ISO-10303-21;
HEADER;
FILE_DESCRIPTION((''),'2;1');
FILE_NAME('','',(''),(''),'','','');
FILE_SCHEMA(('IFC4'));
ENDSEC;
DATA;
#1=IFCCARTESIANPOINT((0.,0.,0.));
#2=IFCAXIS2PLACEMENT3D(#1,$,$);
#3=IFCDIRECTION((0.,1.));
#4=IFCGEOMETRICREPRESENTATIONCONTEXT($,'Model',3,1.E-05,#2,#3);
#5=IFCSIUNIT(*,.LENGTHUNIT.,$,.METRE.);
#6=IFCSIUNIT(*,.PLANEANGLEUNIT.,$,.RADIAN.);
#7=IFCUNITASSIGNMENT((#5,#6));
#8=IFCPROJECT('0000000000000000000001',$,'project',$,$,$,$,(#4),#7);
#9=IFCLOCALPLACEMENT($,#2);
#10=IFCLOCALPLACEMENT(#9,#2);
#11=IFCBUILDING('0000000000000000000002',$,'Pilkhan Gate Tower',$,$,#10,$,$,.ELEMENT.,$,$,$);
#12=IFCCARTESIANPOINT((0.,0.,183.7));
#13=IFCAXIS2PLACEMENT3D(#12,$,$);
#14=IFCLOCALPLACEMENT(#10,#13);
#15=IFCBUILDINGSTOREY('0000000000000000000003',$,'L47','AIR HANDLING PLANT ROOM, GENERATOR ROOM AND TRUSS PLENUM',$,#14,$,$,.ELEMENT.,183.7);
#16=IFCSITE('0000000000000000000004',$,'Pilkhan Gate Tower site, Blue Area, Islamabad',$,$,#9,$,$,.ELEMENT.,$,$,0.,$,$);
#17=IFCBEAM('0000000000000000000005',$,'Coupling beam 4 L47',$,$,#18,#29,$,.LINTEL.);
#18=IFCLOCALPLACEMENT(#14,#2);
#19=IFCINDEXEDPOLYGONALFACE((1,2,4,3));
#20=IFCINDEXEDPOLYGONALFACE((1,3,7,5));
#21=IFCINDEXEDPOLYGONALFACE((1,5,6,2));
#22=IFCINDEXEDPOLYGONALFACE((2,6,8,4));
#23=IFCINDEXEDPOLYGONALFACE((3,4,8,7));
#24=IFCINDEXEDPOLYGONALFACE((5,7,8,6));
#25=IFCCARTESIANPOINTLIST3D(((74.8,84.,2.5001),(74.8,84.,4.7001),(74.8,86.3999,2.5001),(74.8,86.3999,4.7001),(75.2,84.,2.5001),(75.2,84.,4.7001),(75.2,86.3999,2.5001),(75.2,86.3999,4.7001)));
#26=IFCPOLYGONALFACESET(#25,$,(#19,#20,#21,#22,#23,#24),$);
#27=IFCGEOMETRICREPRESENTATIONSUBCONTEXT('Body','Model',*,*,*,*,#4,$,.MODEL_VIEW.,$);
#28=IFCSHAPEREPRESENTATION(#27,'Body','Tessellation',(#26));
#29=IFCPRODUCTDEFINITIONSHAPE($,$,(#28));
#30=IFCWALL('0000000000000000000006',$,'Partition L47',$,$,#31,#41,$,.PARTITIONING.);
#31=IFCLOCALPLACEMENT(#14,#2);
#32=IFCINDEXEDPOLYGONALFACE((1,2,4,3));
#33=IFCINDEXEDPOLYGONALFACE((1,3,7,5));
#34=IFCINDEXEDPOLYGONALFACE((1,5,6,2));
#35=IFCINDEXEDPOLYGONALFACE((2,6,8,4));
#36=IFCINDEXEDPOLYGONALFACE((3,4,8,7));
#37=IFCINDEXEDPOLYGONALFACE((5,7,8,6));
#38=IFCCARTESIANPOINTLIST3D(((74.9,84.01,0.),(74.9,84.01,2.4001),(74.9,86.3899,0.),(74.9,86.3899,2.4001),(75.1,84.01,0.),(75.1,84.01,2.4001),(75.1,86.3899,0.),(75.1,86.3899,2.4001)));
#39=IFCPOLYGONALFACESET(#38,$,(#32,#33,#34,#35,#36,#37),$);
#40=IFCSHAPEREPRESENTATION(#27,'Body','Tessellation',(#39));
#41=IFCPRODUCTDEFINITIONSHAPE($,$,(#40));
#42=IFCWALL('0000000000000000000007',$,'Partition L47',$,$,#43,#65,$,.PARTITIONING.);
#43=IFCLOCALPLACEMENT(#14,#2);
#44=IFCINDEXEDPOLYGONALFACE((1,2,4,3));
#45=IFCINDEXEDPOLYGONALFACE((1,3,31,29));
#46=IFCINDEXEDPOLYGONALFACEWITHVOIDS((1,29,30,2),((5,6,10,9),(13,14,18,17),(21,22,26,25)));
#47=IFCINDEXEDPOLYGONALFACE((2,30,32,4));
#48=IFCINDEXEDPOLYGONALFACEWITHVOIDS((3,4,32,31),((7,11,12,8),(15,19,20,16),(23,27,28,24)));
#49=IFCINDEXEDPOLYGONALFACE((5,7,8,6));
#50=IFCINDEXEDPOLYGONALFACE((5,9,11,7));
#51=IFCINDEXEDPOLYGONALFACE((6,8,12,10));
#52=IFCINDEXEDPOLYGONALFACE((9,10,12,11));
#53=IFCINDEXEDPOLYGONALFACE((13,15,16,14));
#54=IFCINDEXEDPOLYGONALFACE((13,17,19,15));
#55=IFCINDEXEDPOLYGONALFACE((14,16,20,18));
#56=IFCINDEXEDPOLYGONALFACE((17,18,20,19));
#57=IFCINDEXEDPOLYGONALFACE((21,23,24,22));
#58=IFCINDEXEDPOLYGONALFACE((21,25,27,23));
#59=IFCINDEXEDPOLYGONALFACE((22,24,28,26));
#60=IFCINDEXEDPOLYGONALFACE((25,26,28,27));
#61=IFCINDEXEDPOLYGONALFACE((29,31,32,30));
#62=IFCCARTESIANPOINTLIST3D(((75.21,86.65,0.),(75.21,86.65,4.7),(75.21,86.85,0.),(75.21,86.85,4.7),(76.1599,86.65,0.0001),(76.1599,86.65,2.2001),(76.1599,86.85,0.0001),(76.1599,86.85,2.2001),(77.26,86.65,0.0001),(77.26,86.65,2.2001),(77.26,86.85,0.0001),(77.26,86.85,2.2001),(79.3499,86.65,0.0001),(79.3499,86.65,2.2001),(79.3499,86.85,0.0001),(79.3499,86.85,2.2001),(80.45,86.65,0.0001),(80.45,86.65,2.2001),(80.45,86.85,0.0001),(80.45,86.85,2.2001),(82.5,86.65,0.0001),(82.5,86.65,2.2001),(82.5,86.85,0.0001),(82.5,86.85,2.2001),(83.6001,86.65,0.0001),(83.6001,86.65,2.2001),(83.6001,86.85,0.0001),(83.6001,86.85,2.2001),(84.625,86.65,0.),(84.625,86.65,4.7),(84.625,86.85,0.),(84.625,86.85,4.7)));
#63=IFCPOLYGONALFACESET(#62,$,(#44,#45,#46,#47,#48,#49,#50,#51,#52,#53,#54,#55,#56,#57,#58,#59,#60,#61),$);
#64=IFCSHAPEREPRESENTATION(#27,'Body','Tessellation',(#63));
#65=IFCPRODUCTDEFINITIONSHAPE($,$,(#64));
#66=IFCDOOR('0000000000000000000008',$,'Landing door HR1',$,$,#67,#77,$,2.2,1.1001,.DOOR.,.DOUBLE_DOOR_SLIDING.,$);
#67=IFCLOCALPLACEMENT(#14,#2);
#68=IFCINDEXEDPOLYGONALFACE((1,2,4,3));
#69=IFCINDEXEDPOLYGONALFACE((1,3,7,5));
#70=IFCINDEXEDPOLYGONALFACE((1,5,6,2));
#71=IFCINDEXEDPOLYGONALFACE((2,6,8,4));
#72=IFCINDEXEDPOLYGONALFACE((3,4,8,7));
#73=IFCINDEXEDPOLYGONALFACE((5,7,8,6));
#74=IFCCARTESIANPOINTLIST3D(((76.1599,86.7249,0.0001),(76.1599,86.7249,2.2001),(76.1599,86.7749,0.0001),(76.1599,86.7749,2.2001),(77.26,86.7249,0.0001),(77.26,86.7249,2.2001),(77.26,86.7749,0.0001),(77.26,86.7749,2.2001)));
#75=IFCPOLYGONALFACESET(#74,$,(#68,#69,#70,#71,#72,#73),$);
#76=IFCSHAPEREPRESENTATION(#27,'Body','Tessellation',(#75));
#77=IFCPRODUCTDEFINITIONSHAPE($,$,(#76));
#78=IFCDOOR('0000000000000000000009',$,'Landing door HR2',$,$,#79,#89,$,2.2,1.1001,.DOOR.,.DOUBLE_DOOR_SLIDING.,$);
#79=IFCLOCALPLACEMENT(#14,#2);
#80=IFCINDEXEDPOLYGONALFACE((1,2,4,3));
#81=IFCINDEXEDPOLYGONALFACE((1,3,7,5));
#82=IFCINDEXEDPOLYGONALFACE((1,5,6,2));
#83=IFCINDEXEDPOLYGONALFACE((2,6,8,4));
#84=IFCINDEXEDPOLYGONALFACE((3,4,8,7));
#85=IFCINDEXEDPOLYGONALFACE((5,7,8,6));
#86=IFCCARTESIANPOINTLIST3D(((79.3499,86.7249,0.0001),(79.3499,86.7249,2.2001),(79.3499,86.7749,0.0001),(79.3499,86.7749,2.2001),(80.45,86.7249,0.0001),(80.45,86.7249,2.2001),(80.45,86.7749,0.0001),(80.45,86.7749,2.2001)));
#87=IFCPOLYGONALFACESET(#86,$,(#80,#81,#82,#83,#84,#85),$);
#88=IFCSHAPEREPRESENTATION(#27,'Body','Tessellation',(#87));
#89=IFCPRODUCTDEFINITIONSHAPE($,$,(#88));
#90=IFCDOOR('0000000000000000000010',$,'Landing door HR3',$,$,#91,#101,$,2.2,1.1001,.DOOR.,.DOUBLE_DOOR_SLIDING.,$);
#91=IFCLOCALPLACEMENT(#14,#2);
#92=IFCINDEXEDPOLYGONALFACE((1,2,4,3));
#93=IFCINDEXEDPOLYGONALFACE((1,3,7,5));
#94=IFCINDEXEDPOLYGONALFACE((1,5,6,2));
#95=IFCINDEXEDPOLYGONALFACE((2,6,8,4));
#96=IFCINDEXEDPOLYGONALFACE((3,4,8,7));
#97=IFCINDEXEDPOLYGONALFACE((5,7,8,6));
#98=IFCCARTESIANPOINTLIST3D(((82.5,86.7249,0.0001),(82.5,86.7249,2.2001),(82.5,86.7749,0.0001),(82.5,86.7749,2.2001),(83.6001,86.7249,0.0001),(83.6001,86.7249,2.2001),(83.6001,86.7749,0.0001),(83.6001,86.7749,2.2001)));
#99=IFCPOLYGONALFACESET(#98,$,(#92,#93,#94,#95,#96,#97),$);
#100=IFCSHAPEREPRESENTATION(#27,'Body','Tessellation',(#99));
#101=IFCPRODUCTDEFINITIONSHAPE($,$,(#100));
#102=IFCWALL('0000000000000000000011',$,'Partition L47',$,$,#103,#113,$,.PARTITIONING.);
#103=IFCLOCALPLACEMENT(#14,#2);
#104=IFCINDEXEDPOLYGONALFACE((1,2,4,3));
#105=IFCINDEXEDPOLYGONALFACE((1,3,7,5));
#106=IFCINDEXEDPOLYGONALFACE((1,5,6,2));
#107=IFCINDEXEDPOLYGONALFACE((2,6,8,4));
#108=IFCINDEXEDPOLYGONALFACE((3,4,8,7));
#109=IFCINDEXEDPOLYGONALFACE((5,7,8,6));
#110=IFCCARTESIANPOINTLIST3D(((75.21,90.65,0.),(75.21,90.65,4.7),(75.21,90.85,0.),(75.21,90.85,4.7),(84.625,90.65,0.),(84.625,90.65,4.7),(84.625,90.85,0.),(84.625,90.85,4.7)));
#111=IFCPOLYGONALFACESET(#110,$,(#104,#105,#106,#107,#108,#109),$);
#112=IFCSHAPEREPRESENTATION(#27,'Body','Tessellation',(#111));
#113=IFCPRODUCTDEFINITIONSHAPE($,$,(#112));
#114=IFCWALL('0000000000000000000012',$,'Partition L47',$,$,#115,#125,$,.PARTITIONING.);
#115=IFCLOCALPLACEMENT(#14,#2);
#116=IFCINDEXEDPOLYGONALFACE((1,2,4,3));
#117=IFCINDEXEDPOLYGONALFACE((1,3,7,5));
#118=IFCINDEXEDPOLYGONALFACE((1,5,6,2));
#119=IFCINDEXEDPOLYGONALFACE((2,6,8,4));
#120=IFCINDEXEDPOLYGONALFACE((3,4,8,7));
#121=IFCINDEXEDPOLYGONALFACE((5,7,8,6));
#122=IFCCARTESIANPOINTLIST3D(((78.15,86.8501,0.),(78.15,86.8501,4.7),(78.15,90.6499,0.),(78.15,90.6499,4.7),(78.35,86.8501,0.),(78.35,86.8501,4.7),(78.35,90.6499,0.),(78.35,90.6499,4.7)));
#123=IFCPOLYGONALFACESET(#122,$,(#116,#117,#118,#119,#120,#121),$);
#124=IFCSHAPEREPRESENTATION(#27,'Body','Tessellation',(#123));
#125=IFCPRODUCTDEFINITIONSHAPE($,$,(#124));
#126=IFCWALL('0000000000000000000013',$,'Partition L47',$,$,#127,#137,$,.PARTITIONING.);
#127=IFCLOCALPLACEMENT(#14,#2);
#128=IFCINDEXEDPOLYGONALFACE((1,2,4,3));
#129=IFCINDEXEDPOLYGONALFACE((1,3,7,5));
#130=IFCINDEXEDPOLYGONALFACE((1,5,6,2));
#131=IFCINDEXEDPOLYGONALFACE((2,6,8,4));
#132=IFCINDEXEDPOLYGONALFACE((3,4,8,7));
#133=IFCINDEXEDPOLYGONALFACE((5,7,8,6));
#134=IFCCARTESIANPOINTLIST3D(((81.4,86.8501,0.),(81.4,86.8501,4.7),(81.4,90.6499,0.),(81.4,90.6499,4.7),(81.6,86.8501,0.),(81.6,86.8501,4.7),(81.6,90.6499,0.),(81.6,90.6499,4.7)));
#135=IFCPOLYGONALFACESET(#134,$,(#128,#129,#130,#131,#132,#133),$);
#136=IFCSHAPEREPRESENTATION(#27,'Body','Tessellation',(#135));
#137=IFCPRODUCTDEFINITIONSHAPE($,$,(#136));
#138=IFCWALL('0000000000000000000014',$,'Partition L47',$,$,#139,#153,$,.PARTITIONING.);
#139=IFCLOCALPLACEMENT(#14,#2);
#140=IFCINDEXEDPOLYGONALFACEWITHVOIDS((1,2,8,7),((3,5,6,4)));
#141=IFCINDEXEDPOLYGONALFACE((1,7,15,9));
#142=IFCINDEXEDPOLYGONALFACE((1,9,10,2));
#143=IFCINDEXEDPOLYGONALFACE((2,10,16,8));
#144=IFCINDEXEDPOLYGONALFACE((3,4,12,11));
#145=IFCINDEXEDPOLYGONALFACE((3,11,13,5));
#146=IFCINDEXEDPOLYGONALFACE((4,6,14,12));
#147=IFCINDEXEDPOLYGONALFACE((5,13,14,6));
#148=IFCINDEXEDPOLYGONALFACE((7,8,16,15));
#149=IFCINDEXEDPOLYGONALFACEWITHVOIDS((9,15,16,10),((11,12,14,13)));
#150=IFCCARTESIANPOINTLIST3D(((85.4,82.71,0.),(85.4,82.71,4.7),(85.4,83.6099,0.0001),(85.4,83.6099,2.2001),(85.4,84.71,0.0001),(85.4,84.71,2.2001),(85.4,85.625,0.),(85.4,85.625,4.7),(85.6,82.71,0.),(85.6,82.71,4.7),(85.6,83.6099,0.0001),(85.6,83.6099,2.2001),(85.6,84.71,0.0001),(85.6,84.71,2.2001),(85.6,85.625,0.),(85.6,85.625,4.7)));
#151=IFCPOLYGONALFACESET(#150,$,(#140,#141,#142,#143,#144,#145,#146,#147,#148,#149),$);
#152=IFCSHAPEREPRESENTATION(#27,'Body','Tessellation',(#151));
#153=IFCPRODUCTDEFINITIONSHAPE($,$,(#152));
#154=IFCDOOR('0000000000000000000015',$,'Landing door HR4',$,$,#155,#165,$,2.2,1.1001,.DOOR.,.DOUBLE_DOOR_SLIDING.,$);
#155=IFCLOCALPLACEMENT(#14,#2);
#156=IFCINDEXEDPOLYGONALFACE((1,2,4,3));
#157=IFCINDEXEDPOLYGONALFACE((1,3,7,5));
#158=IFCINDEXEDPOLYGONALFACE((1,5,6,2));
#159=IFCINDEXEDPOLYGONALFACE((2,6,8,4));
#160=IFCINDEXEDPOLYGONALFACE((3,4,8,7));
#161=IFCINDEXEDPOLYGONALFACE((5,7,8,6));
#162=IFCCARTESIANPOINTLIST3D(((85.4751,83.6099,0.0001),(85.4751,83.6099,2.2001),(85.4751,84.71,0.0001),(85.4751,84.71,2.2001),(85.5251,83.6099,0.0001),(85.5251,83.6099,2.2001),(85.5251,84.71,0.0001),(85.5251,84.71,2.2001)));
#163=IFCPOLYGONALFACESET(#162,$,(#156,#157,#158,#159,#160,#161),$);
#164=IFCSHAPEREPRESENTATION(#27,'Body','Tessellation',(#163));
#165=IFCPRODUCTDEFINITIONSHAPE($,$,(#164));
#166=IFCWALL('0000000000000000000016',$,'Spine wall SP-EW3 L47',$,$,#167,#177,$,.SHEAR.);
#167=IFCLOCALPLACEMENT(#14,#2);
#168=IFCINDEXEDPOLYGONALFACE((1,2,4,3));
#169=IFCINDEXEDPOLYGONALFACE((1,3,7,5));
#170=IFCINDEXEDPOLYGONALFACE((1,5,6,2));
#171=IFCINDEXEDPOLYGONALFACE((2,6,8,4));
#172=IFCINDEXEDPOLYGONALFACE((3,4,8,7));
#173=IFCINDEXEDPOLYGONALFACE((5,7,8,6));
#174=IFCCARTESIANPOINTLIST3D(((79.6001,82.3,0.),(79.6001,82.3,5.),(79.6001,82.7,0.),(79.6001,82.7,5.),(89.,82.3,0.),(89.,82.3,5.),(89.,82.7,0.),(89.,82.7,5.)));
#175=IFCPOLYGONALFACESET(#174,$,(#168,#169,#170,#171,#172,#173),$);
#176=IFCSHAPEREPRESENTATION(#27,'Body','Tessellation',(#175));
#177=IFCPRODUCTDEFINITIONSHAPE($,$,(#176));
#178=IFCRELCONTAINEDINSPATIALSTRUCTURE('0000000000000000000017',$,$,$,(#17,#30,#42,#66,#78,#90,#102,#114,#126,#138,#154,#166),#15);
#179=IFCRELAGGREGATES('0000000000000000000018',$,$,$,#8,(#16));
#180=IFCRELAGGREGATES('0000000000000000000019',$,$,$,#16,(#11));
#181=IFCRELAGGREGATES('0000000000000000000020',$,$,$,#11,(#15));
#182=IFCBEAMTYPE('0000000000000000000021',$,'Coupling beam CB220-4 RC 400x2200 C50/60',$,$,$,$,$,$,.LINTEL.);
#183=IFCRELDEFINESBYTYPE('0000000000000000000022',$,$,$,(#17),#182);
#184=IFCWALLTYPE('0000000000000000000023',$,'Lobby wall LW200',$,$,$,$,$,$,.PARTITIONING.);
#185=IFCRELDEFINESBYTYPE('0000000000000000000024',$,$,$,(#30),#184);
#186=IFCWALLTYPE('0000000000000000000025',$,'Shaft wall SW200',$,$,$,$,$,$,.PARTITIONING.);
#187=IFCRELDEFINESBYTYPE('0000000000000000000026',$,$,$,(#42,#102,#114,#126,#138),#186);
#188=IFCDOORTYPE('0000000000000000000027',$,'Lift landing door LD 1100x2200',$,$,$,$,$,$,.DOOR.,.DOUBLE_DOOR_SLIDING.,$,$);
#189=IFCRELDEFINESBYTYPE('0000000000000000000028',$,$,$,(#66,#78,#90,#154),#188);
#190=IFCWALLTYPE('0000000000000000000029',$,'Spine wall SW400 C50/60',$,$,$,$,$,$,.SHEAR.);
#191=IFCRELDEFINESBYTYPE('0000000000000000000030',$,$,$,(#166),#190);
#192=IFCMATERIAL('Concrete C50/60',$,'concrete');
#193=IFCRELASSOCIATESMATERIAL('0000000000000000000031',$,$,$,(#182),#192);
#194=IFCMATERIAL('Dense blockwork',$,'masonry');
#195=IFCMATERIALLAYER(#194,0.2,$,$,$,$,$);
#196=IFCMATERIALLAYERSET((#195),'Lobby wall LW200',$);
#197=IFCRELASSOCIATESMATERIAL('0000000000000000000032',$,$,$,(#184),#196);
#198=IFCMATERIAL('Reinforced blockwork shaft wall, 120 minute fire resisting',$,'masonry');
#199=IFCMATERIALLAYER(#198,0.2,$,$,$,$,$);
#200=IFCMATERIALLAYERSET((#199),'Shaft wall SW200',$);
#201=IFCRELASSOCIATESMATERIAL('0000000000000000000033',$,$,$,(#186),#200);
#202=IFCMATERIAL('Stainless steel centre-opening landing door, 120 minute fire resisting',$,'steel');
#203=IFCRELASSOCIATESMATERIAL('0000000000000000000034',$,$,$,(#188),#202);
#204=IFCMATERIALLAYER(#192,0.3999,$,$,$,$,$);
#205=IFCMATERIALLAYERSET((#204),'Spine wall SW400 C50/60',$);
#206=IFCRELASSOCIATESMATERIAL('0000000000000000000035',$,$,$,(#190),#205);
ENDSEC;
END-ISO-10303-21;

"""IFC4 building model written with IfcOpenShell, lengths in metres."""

from ifc_helpers import new_model, si_unit, direction, frame, frame_2d, origin, origin_2d, place, context, subcontext, project, spatial, rectangle, extrude, material, layer, layer_set, material_profile, profile_set, type_object, element, fill, save


model = new_model("IFC4")

# Units and contexts
model_context = context("Model", 3, precision=1e-05, world=origin(), true_north=direction((0.0, 1.0)))
body_context = subcontext(model_context, "Body", "Model", "MODEL_VIEW")
ifc_project = project(units=[si_unit("LENGTHUNIT", "METRE"), si_unit("PLANEANGLEUNIT", "RADIAN")], contexts=[model_context])

# Site, building, storey
site_placement = place(None, origin())
site = spatial("IfcSite", under=ifc_project, at=site_placement, Name="Pilkhan Gate Tower site, Blue Area, Islamabad", CompositionType="ELEMENT", RefElevation=0.0)
building_placement = place(site_placement, origin())
building = spatial("IfcBuilding", under=site, at=building_placement, Name="Pilkhan Gate Tower", CompositionType="ELEMENT")
storey_placement = place(building_placement, frame((0.0, 0.0, 183.7)))
storey = spatial("IfcBuildingStorey", under=building, at=storey_placement, Name="L47", Description="AIR HANDLING PLANT ROOM, GENERATOR ROOM AND TRUSS PLENUM", CompositionType="ELEMENT", Elevation=183.7)

# Beam
ifc_material_1 = material(Name="Concrete C50/60", Category="concrete")
ifc_material_profile = material_profile(ifc_material_1, rectangle(XDim=0.3999, YDim=2.2, at=origin_2d()), Name="RC 400x2200")
ifc_profile_set = profile_set([ifc_material_profile], Name="Concrete C50/60")
beam_type = type_object("IfcBeamType", Name="Coupling beam CB220-4 RC 400x2200 C50/60", PredefinedType="LINTEL", material=ifc_profile_set)
beam_placement = place(storey_placement, frame((75.0, 84.0, 3.6001), z_axis=(0.0, 1.0, 0.0), x_axis=(-1.0, 0.0, 0.0)))
element("IfcBeam", 1, at=beam_placement, inside=storey, type_object=beam_type, Name="Coupling beam 4 L47", PredefinedType="LINTEL", context=body_context, shape_type="SweptSolid", body=[
    extrude(rectangle(XDim=0.3999, YDim=2.2, at=origin_2d()), origin(), (0.0, 0.0, 1.0), 2.3999),
])

# Wall
ifc_material_2 = material(Name="Dense blockwork", Category="masonry")
ifc_layer_1 = layer(ifc_material_2, 0.2)
ifc_layer_set_1 = layer_set([ifc_layer_1], Name="Lobby wall LW200")
wall_type_1 = type_object("IfcWallType", Name="Lobby wall LW200", PredefinedType="PARTITIONING", material=ifc_layer_set_1)
wall_1_placement = place(storey_placement, frame((75.0, 84.01, 0.0), z_axis=(0.0, 0.0, 1.0), x_axis=(0.0, 1.0, 0.0)))
element("IfcWall", 2, at=wall_1_placement, inside=storey, type_object=wall_type_1, Name="Partition L47", PredefinedType="PARTITIONING", context=body_context, shape_type="SweptSolid", body=[
    extrude(rectangle(XDim=2.3799, YDim=0.2, at=frame_2d((1.1899, 0.0))), origin(), (0.0, 0.0, 1.0), 2.4001),
])

# Wall, openings, doors
ifc_material_3 = material(Name="Reinforced blockwork shaft wall, 120 minute fire resisting", Category="masonry")
ifc_layer_2 = layer(ifc_material_3, 0.2)
ifc_layer_set_2 = layer_set([ifc_layer_2], Name="Shaft wall SW200")
wall_type_2 = type_object("IfcWallType", Name="Shaft wall SW200", PredefinedType="PARTITIONING", material=ifc_layer_set_2)
wall_2_placement = place(storey_placement, frame((75.21, 86.75, 0.0), z_axis=(0.0, 0.0, 1.0), x_axis=(1.0, 0.0, 0.0)))
wall_2 = element("IfcWall", 3, at=wall_2_placement, inside=storey, type_object=wall_type_2, Name="Partition L47", PredefinedType="PARTITIONING", context=body_context, shape_type="SweptSolid", body=[
    extrude(rectangle(XDim=9.415, YDim=0.2, at=frame_2d((4.7075, 0.0))), origin(), (0.0, 0.0, 1.0), 4.7),
])
opening_1_placement = place(wall_2_placement, frame((0.95, 0.0, 0.0)))
opening_1 = element("IfcOpeningElement", 4, at=opening_1_placement, cuts=wall_2, PredefinedType="OPENING", context=body_context, shape_type="SweptSolid", body=[
    extrude(rectangle(XDim=1.1001, YDim=2.2, at=frame_2d((0.55, 1.1001))), frame((0.0, 0.1099, 0.0), z_axis=(0.0, -1.0, 0.0), x_axis=(1.0, 0.0, 0.0)), (0.0, 0.0, 1.0), 0.22),
])
opening_2_placement = place(wall_2_placement, frame((4.1399, 0.0, 0.0)))
opening_2 = element("IfcOpeningElement", 5, at=opening_2_placement, cuts=wall_2, PredefinedType="OPENING", context=body_context, shape_type="SweptSolid", body=[
    extrude(rectangle(XDim=1.1001, YDim=2.2, at=frame_2d((0.55, 1.1001))), frame((0.0, 0.1099, 0.0), z_axis=(0.0, -1.0, 0.0), x_axis=(1.0, 0.0, 0.0)), (0.0, 0.0, 1.0), 0.22),
])
opening_3_placement = place(wall_2_placement, frame((7.29, 0.0, 0.0)))
opening_3 = element("IfcOpeningElement", 6, at=opening_3_placement, cuts=wall_2, PredefinedType="OPENING", context=body_context, shape_type="SweptSolid", body=[
    extrude(rectangle(XDim=1.1001, YDim=2.2, at=frame_2d((0.55, 1.1001))), frame((0.0, 0.1099, 0.0), z_axis=(0.0, -1.0, 0.0), x_axis=(1.0, 0.0, 0.0)), (0.0, 0.0, 1.0), 0.22),
])
ifc_material_4 = material(Name="Stainless steel centre-opening landing door, 120 minute fire resisting", Category="steel")
door_type = type_object("IfcDoorType", Name="Lift landing door LD 1100x2200", OperationType="DOUBLE_DOOR_SLIDING", PredefinedType="DOOR", material=ifc_material_4)
door_1_placement = place(opening_1_placement, origin())
door_1 = element("IfcDoor", 7, at=door_1_placement, inside=storey, type_object=door_type, Name="Landing door HR1", OperationType="DOUBLE_DOOR_SLIDING", OverallHeight=2.2, OverallWidth=1.1001, PredefinedType="DOOR", context=body_context, shape_type="SweptSolid", body=[
    extrude(rectangle(XDim=1.1001, YDim=2.2, at=frame_2d((0.55, 1.1001))), frame((0.0, 0.0249, 0.0), z_axis=(0.0, -1.0, 0.0), x_axis=(1.0, 0.0, 0.0)), (0.0, 0.0, 1.0), 0.05),
])
fill(opening_1, door_1)
door_2_placement = place(opening_2_placement, origin())
door_2 = element("IfcDoor", 8, at=door_2_placement, inside=storey, type_object=door_type, Name="Landing door HR2", OperationType="DOUBLE_DOOR_SLIDING", OverallHeight=2.2, OverallWidth=1.1001, PredefinedType="DOOR", context=body_context, shape_type="SweptSolid", body=[
    extrude(rectangle(XDim=1.1001, YDim=2.2, at=frame_2d((0.55, 1.1001))), frame((0.0, 0.0249, 0.0), z_axis=(0.0, -1.0, 0.0), x_axis=(1.0, 0.0, 0.0)), (0.0, 0.0, 1.0), 0.05),
])
fill(opening_2, door_2)
door_3_placement = place(opening_3_placement, origin())
door_3 = element("IfcDoor", 9, at=door_3_placement, inside=storey, type_object=door_type, Name="Landing door HR3", OperationType="DOUBLE_DOOR_SLIDING", OverallHeight=2.2, OverallWidth=1.1001, PredefinedType="DOOR", context=body_context, shape_type="SweptSolid", body=[
    extrude(rectangle(XDim=1.1001, YDim=2.2, at=frame_2d((0.55, 1.1001))), frame((0.0, 0.0249, 0.0), z_axis=(0.0, -1.0, 0.0), x_axis=(1.0, 0.0, 0.0)), (0.0, 0.0, 1.0), 0.05),
])
fill(opening_3, door_3)

# Walls
wall_3_placement = place(storey_placement, frame((75.21, 90.75, 0.0), z_axis=(0.0, 0.0, 1.0), x_axis=(1.0, 0.0, 0.0)))
element("IfcWall", 10, at=wall_3_placement, inside=storey, type_object=wall_type_2, Name="Partition L47", PredefinedType="PARTITIONING", context=body_context, shape_type="SweptSolid", body=[
    extrude(rectangle(XDim=9.415, YDim=0.2, at=frame_2d((4.7075, 0.0))), origin(), (0.0, 0.0, 1.0), 4.7),
])
for number, where, z_axis, x_axis, name in (
    (11, (78.25, 86.8501, 0.0), (0.0, 0.0, 1.0), (0.0, 1.0, 0.0), "Partition L47"),
    (12, (81.5, 86.8501, 0.0), (0.0, 0.0, 1.0), (0.0, 1.0, 0.0), "Partition L47"),
):
    element("IfcWall", number, at=place(storey_placement, frame(where, z_axis=z_axis, x_axis=x_axis)), inside=storey, type_object=wall_type_2, Name=name, PredefinedType="PARTITIONING", context=body_context, shape_type="SweptSolid", body=[
        extrude(rectangle(XDim=3.7998, YDim=0.2, at=frame_2d((1.8999, 0.0))), origin(), (0.0, 0.0, 1.0), 4.7),
    ])

# Wall, opening, door
wall_4_placement = place(storey_placement, frame((85.5, 82.71, 0.0), z_axis=(0.0, 0.0, 1.0), x_axis=(0.0, 1.0, 0.0)))
wall_4 = element("IfcWall", 13, at=wall_4_placement, inside=storey, type_object=wall_type_2, Name="Partition L47", PredefinedType="PARTITIONING", context=body_context, shape_type="SweptSolid", body=[
    extrude(rectangle(XDim=2.915, YDim=0.2, at=frame_2d((1.4575, 0.0))), origin(), (0.0, 0.0, 1.0), 4.7),
])
opening_4_placement = place(wall_4_placement, frame((0.8999, 0.0, 0.0)))
opening_4 = element("IfcOpeningElement", 14, at=opening_4_placement, cuts=wall_4, PredefinedType="OPENING", context=body_context, shape_type="SweptSolid", body=[
    extrude(rectangle(XDim=1.1001, YDim=2.2, at=frame_2d((0.55, 1.1001))), frame((0.0, 0.1099, 0.0), z_axis=(0.0, -1.0, 0.0), x_axis=(1.0, 0.0, 0.0)), (0.0, 0.0, 1.0), 0.22),
])
door_4_placement = place(opening_4_placement, origin())
door_4 = element("IfcDoor", 15, at=door_4_placement, inside=storey, type_object=door_type, Name="Landing door HR4", OperationType="DOUBLE_DOOR_SLIDING", OverallHeight=2.2, OverallWidth=1.1001, PredefinedType="DOOR", context=body_context, shape_type="SweptSolid", body=[
    extrude(rectangle(XDim=1.1001, YDim=2.2, at=frame_2d((0.55, 1.1001))), frame((0.0, 0.0249, 0.0), z_axis=(0.0, -1.0, 0.0), x_axis=(1.0, 0.0, 0.0)), (0.0, 0.0, 1.0), 0.05),
])
fill(opening_4, door_4)

# Wall
ifc_layer_3 = layer(ifc_material_1, 0.3999)
ifc_layer_set_3 = layer_set([ifc_layer_3], Name="Spine wall SW400 C50/60")
wall_type_3 = type_object("IfcWallType", Name="Spine wall SW400 C50/60", PredefinedType="SHEAR", material=ifc_layer_set_3)
wall_5_placement = place(storey_placement, frame((79.6001, 82.5, 0.0), z_axis=(0.0, 0.0, 1.0), x_axis=(1.0, 0.0, 0.0)))
element("IfcWall", 16, at=wall_5_placement, inside=storey, type_object=wall_type_3, Name="Spine wall SP-EW3 L47", PredefinedType="SHEAR", context=body_context, shape_type="SweptSolid", body=[
    extrude(rectangle(XDim=9.3999, YDim=0.3999, at=frame_2d((4.7, 0.0))), origin(), (0.0, 0.0, 1.0), 5.0),
])

save(model, "model.ifc")
